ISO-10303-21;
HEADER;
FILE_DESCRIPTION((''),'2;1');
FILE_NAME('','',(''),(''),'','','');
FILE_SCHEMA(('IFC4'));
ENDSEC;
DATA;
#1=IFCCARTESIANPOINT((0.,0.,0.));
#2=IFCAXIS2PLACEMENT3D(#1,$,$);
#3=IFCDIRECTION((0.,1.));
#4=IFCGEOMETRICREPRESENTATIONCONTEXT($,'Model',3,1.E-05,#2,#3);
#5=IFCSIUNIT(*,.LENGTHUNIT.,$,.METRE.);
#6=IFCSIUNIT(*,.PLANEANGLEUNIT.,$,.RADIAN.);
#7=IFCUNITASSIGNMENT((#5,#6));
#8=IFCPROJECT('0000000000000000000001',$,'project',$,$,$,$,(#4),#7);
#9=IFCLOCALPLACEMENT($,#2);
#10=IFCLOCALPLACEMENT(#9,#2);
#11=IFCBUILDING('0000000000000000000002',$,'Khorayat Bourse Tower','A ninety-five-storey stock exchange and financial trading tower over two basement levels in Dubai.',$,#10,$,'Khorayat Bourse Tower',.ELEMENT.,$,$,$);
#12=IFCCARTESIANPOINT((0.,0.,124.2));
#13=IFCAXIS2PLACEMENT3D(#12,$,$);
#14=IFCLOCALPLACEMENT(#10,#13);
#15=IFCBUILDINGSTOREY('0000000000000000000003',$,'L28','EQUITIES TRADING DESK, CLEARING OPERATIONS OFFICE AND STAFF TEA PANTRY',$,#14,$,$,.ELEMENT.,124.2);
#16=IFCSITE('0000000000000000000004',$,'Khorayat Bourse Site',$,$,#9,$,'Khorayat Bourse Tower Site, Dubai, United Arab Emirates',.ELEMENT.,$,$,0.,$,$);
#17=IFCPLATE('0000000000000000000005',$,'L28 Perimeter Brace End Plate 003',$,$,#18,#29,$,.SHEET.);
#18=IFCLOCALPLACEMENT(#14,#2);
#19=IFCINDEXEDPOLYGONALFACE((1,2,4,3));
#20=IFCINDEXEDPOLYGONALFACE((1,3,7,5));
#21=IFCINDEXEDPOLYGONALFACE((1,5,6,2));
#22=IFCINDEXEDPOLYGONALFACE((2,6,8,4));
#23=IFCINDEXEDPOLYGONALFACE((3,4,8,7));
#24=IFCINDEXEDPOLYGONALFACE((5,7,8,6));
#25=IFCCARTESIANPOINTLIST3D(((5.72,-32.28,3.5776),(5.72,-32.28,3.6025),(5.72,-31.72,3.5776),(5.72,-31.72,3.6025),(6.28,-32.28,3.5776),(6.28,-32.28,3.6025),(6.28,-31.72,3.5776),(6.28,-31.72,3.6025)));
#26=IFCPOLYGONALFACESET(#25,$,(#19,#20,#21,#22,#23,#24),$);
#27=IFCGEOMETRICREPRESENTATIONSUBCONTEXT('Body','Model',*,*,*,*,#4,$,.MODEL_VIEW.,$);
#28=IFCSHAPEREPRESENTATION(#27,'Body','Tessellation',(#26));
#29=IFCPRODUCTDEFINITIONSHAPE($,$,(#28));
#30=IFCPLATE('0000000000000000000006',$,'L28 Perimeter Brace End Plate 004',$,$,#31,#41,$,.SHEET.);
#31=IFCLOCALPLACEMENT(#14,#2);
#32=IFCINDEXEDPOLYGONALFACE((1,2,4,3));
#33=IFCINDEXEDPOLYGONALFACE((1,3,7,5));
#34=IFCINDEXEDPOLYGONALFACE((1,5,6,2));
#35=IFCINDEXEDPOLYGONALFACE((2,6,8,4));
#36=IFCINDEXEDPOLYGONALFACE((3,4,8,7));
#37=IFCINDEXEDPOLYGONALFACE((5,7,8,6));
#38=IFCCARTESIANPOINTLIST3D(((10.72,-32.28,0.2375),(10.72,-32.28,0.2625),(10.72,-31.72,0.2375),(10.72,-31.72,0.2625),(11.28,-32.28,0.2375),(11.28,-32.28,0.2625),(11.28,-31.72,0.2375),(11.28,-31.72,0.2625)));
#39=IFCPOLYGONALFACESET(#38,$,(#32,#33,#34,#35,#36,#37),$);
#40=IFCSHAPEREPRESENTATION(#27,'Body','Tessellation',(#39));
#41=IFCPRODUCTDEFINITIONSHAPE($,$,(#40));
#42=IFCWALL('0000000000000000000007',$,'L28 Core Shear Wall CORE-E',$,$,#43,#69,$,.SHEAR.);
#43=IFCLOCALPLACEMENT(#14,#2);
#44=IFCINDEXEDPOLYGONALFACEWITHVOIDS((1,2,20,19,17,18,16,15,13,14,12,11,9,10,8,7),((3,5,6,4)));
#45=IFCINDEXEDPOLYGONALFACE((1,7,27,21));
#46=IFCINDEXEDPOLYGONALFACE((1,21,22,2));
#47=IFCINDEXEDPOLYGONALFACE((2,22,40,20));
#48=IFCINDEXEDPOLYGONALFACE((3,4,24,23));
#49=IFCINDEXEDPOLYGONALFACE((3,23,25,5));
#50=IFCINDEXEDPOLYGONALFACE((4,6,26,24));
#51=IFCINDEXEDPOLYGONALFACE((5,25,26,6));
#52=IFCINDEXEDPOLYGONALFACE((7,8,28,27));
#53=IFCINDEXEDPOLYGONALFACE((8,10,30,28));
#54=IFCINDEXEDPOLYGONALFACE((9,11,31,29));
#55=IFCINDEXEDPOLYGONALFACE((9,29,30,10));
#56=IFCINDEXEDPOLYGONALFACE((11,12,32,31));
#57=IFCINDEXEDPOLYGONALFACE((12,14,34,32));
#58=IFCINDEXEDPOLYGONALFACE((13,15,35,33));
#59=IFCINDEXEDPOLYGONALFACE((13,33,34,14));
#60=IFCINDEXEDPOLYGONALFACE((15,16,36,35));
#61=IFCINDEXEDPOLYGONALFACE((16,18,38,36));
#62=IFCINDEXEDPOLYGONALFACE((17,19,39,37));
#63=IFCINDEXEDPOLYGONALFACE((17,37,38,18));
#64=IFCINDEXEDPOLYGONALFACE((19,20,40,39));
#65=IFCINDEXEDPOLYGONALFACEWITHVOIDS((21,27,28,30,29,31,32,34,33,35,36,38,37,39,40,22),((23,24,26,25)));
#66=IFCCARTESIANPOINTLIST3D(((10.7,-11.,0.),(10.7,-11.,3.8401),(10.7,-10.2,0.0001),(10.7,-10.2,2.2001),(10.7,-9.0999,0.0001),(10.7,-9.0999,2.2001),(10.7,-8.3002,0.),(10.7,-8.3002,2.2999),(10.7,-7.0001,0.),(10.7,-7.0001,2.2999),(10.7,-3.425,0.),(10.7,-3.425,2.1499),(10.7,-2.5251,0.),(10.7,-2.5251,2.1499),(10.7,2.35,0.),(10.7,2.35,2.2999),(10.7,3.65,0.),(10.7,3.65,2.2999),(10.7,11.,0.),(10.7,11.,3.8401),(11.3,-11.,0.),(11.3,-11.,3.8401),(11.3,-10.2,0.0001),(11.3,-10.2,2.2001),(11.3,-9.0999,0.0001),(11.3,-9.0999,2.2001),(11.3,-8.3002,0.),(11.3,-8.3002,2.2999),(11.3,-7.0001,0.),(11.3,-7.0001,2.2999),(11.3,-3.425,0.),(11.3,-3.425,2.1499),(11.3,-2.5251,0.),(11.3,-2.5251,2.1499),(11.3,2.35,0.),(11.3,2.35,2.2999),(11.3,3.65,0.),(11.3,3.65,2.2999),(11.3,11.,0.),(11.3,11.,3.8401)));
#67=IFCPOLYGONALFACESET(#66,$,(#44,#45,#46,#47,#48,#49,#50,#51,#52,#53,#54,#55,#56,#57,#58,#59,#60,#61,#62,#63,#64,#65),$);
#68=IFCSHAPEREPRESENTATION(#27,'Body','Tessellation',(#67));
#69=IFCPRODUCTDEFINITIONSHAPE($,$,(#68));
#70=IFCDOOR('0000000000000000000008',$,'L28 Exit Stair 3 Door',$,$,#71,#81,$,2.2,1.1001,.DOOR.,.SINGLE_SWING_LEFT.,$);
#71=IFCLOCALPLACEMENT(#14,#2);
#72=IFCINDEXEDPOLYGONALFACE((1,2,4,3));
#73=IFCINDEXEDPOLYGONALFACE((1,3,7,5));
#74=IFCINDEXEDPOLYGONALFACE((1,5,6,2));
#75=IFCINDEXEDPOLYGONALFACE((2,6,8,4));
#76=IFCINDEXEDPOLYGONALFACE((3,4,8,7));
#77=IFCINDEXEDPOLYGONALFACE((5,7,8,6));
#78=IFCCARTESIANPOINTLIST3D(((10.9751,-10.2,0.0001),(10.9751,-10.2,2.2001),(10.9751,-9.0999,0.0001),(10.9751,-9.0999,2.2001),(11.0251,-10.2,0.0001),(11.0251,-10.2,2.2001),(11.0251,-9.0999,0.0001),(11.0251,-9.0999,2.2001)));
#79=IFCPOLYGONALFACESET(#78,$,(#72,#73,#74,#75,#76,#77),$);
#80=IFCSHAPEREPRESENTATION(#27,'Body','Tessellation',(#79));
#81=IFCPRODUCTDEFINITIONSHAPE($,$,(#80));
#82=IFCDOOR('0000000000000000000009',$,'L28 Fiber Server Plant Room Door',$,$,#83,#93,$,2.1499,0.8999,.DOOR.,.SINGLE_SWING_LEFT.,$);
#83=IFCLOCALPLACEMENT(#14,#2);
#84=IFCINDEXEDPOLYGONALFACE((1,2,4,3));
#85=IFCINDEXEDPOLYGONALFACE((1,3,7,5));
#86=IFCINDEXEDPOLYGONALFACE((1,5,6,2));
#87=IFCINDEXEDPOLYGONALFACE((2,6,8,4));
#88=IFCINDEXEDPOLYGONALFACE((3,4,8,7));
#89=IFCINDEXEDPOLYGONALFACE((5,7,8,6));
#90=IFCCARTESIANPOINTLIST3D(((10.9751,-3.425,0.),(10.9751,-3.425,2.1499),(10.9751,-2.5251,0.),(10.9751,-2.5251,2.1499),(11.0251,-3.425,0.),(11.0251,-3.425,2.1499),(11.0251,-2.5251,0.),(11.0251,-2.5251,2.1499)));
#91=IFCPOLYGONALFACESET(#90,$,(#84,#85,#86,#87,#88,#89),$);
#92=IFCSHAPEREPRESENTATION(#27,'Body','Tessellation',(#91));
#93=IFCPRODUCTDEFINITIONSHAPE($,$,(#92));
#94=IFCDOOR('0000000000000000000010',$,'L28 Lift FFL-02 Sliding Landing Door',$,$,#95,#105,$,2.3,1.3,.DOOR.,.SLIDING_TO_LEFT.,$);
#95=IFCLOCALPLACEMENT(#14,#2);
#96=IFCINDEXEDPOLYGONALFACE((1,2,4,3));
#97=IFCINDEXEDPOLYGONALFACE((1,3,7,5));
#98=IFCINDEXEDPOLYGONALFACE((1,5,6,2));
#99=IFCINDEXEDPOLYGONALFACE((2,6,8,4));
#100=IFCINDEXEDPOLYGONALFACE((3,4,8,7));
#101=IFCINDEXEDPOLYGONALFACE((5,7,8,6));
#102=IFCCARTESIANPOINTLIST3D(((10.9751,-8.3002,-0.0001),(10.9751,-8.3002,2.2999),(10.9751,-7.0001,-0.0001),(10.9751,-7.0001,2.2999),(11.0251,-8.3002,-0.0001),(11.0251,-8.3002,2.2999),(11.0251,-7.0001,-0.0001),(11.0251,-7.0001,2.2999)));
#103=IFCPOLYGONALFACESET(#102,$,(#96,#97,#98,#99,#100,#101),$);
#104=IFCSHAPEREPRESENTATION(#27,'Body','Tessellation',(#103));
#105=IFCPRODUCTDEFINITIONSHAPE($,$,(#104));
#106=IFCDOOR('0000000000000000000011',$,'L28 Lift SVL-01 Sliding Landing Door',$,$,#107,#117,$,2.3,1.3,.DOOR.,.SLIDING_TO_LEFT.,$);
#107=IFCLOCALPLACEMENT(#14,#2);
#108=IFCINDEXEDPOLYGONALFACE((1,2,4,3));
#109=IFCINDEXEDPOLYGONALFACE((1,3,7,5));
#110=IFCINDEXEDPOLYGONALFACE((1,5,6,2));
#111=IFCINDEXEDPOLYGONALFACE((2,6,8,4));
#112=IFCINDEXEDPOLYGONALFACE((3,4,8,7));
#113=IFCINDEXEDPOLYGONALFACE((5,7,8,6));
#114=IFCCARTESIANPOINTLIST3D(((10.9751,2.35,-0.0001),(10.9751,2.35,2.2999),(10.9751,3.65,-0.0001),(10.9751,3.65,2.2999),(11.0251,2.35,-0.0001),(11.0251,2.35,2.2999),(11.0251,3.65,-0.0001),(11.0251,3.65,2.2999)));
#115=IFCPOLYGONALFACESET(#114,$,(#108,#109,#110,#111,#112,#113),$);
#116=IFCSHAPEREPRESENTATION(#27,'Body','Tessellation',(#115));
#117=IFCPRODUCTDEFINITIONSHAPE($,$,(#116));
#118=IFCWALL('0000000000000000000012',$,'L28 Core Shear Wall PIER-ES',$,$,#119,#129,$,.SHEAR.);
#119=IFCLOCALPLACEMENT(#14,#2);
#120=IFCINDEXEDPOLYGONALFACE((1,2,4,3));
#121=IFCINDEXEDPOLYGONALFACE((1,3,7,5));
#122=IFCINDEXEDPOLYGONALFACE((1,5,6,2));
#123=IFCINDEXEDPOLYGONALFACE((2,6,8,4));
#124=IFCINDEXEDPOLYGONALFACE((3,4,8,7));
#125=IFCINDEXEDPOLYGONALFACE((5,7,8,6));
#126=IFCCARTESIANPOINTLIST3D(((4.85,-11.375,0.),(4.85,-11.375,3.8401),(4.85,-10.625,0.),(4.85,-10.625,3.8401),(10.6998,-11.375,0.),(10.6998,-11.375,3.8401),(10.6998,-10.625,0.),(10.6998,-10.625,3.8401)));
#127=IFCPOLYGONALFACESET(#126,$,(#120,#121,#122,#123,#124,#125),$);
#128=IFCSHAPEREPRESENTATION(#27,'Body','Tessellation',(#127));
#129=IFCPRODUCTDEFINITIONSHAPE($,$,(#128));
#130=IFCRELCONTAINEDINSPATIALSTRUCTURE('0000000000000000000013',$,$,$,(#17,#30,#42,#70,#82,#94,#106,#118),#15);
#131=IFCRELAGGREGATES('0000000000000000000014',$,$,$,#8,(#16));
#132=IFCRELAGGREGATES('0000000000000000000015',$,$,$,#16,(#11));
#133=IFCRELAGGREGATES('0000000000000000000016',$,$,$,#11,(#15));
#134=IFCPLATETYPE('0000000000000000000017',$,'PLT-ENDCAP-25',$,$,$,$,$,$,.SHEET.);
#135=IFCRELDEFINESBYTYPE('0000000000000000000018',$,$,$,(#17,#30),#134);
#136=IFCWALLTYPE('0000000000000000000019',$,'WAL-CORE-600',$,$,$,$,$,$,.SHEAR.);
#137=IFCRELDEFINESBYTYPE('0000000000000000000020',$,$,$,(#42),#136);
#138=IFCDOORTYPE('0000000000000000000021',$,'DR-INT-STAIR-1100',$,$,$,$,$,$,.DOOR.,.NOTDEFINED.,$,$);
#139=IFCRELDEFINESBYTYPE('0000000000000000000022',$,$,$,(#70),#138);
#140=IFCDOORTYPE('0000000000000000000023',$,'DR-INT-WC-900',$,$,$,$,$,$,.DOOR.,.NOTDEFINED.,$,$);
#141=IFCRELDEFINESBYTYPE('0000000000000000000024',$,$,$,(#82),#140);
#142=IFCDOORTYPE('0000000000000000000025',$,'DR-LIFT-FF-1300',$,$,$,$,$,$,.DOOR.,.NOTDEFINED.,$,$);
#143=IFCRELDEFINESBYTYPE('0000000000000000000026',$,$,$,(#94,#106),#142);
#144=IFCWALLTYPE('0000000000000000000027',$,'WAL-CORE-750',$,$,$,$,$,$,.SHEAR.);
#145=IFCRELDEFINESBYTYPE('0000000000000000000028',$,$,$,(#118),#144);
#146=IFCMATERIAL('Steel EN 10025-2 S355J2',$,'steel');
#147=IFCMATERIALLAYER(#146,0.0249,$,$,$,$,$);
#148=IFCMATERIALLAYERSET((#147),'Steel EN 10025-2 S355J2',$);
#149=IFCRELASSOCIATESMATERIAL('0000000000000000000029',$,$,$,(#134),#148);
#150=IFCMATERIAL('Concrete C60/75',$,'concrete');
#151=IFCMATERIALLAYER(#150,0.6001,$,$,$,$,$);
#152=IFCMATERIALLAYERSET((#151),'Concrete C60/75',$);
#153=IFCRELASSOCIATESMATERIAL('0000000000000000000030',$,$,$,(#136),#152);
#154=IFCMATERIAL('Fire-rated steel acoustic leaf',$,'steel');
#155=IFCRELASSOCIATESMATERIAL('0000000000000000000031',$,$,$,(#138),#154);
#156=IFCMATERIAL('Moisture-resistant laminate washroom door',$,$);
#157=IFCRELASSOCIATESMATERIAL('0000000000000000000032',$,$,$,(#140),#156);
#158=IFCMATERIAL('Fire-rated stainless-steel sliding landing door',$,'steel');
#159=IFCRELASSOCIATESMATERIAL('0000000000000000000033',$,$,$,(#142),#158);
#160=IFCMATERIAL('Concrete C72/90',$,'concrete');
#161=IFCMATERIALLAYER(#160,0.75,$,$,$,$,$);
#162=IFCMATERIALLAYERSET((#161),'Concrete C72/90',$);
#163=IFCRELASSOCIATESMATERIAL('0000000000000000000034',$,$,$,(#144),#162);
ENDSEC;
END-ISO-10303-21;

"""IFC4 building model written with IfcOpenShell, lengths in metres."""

from ifc_helpers import new_model, si_unit, direction, frame, frame_2d, origin, origin_2d, place, context, subcontext, project, spatial, rectangle, extrude, source, transform, mapped, material, layer, layer_set, type_object, element, fill, save


model = new_model("IFC4")

# Units and contexts
model_context = context("Model", 3, precision=1e-05, world=origin(), true_north=direction((0.0, 1.0)))
body_context = subcontext(model_context, "Body", "Model", "MODEL_VIEW")
ifc_project = project(units=[si_unit("LENGTHUNIT", "METRE"), si_unit("PLANEANGLEUNIT", "RADIAN")], contexts=[model_context])

# Site, building, storey
site_placement = place(None, origin())
site = spatial("IfcSite", under=ifc_project, at=site_placement, Name="Khorayat Bourse Site", LongName="Khorayat Bourse Tower Site, Dubai, United Arab Emirates", CompositionType="ELEMENT", RefElevation=0.0)
building_placement = place(site_placement, origin())
building = spatial("IfcBuilding", under=site, at=building_placement, Name="Khorayat Bourse Tower", Description="A ninety-five-storey stock exchange and financial trading tower over two basement levels in Dubai.", LongName="Khorayat Bourse Tower", CompositionType="ELEMENT")
storey_placement = place(building_placement, frame((0.0, 0.0, 124.2)))
storey = spatial("IfcBuildingStorey", under=building, at=storey_placement, Name="L28", Description="EQUITIES TRADING DESK, CLEARING OPERATIONS OFFICE AND STAFF TEA PANTRY", CompositionType="ELEMENT", Elevation=124.2)

# Shared definitions
ifc_material_1 = material(Name="Concrete C72/90", Category="concrete")

# Plates
ifc_material_2 = material(Name="Steel EN 10025-2 S355J2", Category="steel")
ifc_layer_1 = layer(ifc_material_2, 0.0249)
ifc_layer_set_1 = layer_set([ifc_layer_1], Name="Steel EN 10025-2 S355J2")
plate_type = type_object("IfcPlateType", Name="PLT-ENDCAP-25", PredefinedType="SHEET", material=ifc_layer_set_1)
shared_shape_1 = source(origin(), body_context, "Body", "SweptSolid", [
    extrude(rectangle(XDim=0.5601, YDim=0.5601, at=origin_2d()), origin(), (0.0, 0.0, 1.0), 0.0249),
])
for number, where, z_axis, x_axis, name in (
    (1, (6.0, -32.0, 3.5776), (0.0, 0.0, 1.0), (1.0, 0.0, 0.0), "L28 Perimeter Brace End Plate 003"),
    (2, (11.0, -32.0, 0.2375), (0.0, 0.0, 1.0), (1.0, 0.0, 0.0), "L28 Perimeter Brace End Plate 004"),
):
    element("IfcPlate", number, at=place(storey_placement, frame(where, z_axis=z_axis, x_axis=x_axis)), inside=storey, type_object=plate_type, Name=name, PredefinedType="SHEET", context=body_context, shape_type="MappedRepresentation", body=[
        mapped(shared_shape_1, transform((0.0, 0.0, 0.0), scale=1.0)),
    ])

# Wall, openings, doors
ifc_material_3 = material(Name="Concrete C60/75", Category="concrete")
ifc_layer_2 = layer(ifc_material_3, 0.6001)
ifc_layer_set_2 = layer_set([ifc_layer_2], Name="Concrete C60/75")
wall_type_1 = type_object("IfcWallType", Name="WAL-CORE-600", PredefinedType="SHEAR", material=ifc_layer_set_2)
shared_shape_2 = source(origin(), body_context, "Body", "SweptSolid", [
    extrude(rectangle(XDim=22.0, YDim=0.6001, at=frame_2d((11.0, 0.0))), origin(), (0.0, 0.0, 1.0), 3.8401),
])
wall_1_placement = place(storey_placement, frame((11.0, -11.0, 0.0), z_axis=(0.0, 0.0, 1.0), x_axis=(0.0, 1.0, 0.0)))
wall_1 = element("IfcWall", 3, at=wall_1_placement, inside=storey, type_object=wall_type_1, Name="L28 Core Shear Wall CORE-E", PredefinedType="SHEAR", context=body_context, shape_type="MappedRepresentation", body=[
    mapped(shared_shape_2, transform((0.0, 0.0, 0.0), scale=1.0)),
])
shared_shape_3 = source(origin(), body_context, "Body", "SweptSolid", [
    extrude(rectangle(XDim=1.1001, YDim=2.2, at=frame_2d((0.55, 1.1001))), frame((0.0, 0.3101, 0.0), z_axis=(0.0, -1.0, 0.0), x_axis=(1.0, 0.0, 0.0)), (0.0, 0.0, 1.0), 0.6201),
])
opening_1_placement = place(wall_1_placement, frame((0.8, 0.0, 0.0)))
opening_1 = element("IfcOpeningElement", 4, at=opening_1_placement, cuts=wall_1, PredefinedType="OPENING", context=body_context, shape_type="MappedRepresentation", body=[
    mapped(shared_shape_3, transform((0.0, 0.0, 0.0), scale=1.0)),
])
shared_shape_4 = source(origin(), body_context, "Body", "SweptSolid", [
    extrude(rectangle(XDim=0.8999, YDim=2.1499, at=frame_2d((0.45, 1.075))), frame((0.0, 0.3101, 0.0), z_axis=(0.0, -1.0, 0.0), x_axis=(1.0, 0.0, 0.0)), (0.0, 0.0, 1.0), 0.6201),
])
opening_2_placement = place(wall_1_placement, frame((7.575, 0.0, 0.0)))
opening_2 = element("IfcOpeningElement", 5, at=opening_2_placement, cuts=wall_1, PredefinedType="OPENING", context=body_context, shape_type="MappedRepresentation", body=[
    mapped(shared_shape_4, transform((0.0, 0.0, 0.0), scale=1.0)),
])
shared_shape_5 = source(origin(), body_context, "Body", "SweptSolid", [
    extrude(rectangle(XDim=1.3, YDim=2.3, at=frame_2d((0.6499, 1.1499))), frame((0.0, 0.3101, 0.0), z_axis=(0.0, -1.0, 0.0), x_axis=(1.0, 0.0, 0.0)), (0.0, 0.0, 1.0), 0.6201),
])
opening_3_placement = place(wall_1_placement, frame((2.7, 0.0, 0.0)))
opening_3 = element("IfcOpeningElement", 6, at=opening_3_placement, cuts=wall_1, PredefinedType="OPENING", context=body_context, shape_type="MappedRepresentation", body=[
    mapped(shared_shape_5, transform((0.0, 0.0, 0.0), scale=1.0)),
])
opening_4_placement = place(wall_1_placement, frame((13.3501, 0.0, 0.0)))
opening_4 = element("IfcOpeningElement", 7, at=opening_4_placement, cuts=wall_1, PredefinedType="OPENING", context=body_context, shape_type="MappedRepresentation", body=[
    mapped(shared_shape_5, transform((0.0, 0.0, 0.0), scale=1.0)),
])
ifc_material_4 = material(Name="Fire-rated steel acoustic leaf", Category="steel")
door_type_1 = type_object("IfcDoorType", Name="DR-INT-STAIR-1100", OperationType="NOTDEFINED", PredefinedType="DOOR", material=ifc_material_4)
shared_shape_6 = source(origin(), body_context, "Body", "SweptSolid", [
    extrude(rectangle(XDim=1.1001, YDim=2.2, at=frame_2d((0.55, 1.1001))), frame((0.0, 0.0249, 0.0), z_axis=(0.0, -1.0, 0.0), x_axis=(1.0, 0.0, 0.0)), (0.0, 0.0, 1.0), 0.05),
])
door_1_placement = place(opening_1_placement, origin())
door_1 = element("IfcDoor", 8, at=door_1_placement, inside=storey, type_object=door_type_1, Name="L28 Exit Stair 3 Door", OperationType="SINGLE_SWING_LEFT", OverallHeight=2.2, OverallWidth=1.1001, PredefinedType="DOOR", context=body_context, shape_type="MappedRepresentation", body=[
    mapped(shared_shape_6, transform((0.0, 0.0, 0.0), scale=1.0)),
])
fill(opening_1, door_1)
ifc_material_5 = material(Name="Moisture-resistant laminate washroom door")
door_type_2 = type_object("IfcDoorType", Name="DR-INT-WC-900", OperationType="NOTDEFINED", PredefinedType="DOOR", material=ifc_material_5)
shared_shape_7 = source(origin(), body_context, "Body", "SweptSolid", [
    extrude(rectangle(XDim=0.8999, YDim=2.1499, at=frame_2d((0.45, 1.075))), frame((0.0, 0.0249, 0.0), z_axis=(0.0, -1.0, 0.0), x_axis=(1.0, 0.0, 0.0)), (0.0, 0.0, 1.0), 0.05),
])
door_2_placement = place(opening_2_placement, origin())
door_2 = element("IfcDoor", 9, at=door_2_placement, inside=storey, type_object=door_type_2, Name="L28 Fiber Server Plant Room Door", OperationType="SINGLE_SWING_LEFT", OverallHeight=2.1499, OverallWidth=0.8999, PredefinedType="DOOR", context=body_context, shape_type="MappedRepresentation", body=[
    mapped(shared_shape_7, transform((0.0, 0.0, 0.0), scale=1.0)),
])
fill(opening_2, door_2)
ifc_material_6 = material(Name="Fire-rated stainless-steel sliding landing door", Category="steel")
door_type_3 = type_object("IfcDoorType", Name="DR-LIFT-FF-1300", OperationType="NOTDEFINED", PredefinedType="DOOR", material=ifc_material_6)
shared_shape_8 = source(origin(), body_context, "Body", "SweptSolid", [
    extrude(rectangle(XDim=1.3, YDim=2.3, at=frame_2d((0.6499, 1.1499))), frame((0.0, 0.0249, 0.0), z_axis=(0.0, -1.0, 0.0), x_axis=(1.0, 0.0, 0.0)), (0.0, 0.0, 1.0), 0.05),
])
door_3_placement = place(opening_3_placement, origin())
door_3 = element("IfcDoor", 10, at=door_3_placement, inside=storey, type_object=door_type_3, Name="L28 Lift FFL-02 Sliding Landing Door", OperationType="SLIDING_TO_LEFT", OverallHeight=2.3, OverallWidth=1.3, PredefinedType="DOOR", context=body_context, shape_type="MappedRepresentation", body=[
    mapped(shared_shape_8, transform((0.0, 0.0, 0.0), scale=1.0)),
])
fill(opening_3, door_3)
door_4_placement = place(opening_4_placement, origin())
door_4 = element("IfcDoor", 11, at=door_4_placement, inside=storey, type_object=door_type_3, Name="L28 Lift SVL-01 Sliding Landing Door", OperationType="SLIDING_TO_LEFT", OverallHeight=2.3, OverallWidth=1.3, PredefinedType="DOOR", context=body_context, shape_type="MappedRepresentation", body=[
    mapped(shared_shape_8, transform((0.0, 0.0, 0.0), scale=1.0)),
])
fill(opening_4, door_4)

# Wall
ifc_layer_3 = layer(ifc_material_1, 0.75)
ifc_layer_set_3 = layer_set([ifc_layer_3], Name="Concrete C72/90")
wall_type_2 = type_object("IfcWallType", Name="WAL-CORE-750", PredefinedType="SHEAR", material=ifc_layer_set_3)
shared_shape_9 = source(origin(), body_context, "Body", "SweptSolid", [
    extrude(rectangle(XDim=5.8499, YDim=0.75, at=frame_2d((2.9248, 0.0))), origin(), (0.0, 0.0, 1.0), 3.8401),
])
wall_2_placement = place(storey_placement, frame((4.8501, -11.0, 0.0), z_axis=(0.0, 0.0, 1.0), x_axis=(1.0, 0.0, 0.0)))
element("IfcWall", 12, at=wall_2_placement, inside=storey, type_object=wall_type_2, Name="L28 Core Shear Wall PIER-ES", PredefinedType="SHEAR", context=body_context, shape_type="MappedRepresentation", body=[
    mapped(shared_shape_9, transform((0.0, 0.0, 0.0), scale=1.0)),
])

save(model, "model.ifc")
